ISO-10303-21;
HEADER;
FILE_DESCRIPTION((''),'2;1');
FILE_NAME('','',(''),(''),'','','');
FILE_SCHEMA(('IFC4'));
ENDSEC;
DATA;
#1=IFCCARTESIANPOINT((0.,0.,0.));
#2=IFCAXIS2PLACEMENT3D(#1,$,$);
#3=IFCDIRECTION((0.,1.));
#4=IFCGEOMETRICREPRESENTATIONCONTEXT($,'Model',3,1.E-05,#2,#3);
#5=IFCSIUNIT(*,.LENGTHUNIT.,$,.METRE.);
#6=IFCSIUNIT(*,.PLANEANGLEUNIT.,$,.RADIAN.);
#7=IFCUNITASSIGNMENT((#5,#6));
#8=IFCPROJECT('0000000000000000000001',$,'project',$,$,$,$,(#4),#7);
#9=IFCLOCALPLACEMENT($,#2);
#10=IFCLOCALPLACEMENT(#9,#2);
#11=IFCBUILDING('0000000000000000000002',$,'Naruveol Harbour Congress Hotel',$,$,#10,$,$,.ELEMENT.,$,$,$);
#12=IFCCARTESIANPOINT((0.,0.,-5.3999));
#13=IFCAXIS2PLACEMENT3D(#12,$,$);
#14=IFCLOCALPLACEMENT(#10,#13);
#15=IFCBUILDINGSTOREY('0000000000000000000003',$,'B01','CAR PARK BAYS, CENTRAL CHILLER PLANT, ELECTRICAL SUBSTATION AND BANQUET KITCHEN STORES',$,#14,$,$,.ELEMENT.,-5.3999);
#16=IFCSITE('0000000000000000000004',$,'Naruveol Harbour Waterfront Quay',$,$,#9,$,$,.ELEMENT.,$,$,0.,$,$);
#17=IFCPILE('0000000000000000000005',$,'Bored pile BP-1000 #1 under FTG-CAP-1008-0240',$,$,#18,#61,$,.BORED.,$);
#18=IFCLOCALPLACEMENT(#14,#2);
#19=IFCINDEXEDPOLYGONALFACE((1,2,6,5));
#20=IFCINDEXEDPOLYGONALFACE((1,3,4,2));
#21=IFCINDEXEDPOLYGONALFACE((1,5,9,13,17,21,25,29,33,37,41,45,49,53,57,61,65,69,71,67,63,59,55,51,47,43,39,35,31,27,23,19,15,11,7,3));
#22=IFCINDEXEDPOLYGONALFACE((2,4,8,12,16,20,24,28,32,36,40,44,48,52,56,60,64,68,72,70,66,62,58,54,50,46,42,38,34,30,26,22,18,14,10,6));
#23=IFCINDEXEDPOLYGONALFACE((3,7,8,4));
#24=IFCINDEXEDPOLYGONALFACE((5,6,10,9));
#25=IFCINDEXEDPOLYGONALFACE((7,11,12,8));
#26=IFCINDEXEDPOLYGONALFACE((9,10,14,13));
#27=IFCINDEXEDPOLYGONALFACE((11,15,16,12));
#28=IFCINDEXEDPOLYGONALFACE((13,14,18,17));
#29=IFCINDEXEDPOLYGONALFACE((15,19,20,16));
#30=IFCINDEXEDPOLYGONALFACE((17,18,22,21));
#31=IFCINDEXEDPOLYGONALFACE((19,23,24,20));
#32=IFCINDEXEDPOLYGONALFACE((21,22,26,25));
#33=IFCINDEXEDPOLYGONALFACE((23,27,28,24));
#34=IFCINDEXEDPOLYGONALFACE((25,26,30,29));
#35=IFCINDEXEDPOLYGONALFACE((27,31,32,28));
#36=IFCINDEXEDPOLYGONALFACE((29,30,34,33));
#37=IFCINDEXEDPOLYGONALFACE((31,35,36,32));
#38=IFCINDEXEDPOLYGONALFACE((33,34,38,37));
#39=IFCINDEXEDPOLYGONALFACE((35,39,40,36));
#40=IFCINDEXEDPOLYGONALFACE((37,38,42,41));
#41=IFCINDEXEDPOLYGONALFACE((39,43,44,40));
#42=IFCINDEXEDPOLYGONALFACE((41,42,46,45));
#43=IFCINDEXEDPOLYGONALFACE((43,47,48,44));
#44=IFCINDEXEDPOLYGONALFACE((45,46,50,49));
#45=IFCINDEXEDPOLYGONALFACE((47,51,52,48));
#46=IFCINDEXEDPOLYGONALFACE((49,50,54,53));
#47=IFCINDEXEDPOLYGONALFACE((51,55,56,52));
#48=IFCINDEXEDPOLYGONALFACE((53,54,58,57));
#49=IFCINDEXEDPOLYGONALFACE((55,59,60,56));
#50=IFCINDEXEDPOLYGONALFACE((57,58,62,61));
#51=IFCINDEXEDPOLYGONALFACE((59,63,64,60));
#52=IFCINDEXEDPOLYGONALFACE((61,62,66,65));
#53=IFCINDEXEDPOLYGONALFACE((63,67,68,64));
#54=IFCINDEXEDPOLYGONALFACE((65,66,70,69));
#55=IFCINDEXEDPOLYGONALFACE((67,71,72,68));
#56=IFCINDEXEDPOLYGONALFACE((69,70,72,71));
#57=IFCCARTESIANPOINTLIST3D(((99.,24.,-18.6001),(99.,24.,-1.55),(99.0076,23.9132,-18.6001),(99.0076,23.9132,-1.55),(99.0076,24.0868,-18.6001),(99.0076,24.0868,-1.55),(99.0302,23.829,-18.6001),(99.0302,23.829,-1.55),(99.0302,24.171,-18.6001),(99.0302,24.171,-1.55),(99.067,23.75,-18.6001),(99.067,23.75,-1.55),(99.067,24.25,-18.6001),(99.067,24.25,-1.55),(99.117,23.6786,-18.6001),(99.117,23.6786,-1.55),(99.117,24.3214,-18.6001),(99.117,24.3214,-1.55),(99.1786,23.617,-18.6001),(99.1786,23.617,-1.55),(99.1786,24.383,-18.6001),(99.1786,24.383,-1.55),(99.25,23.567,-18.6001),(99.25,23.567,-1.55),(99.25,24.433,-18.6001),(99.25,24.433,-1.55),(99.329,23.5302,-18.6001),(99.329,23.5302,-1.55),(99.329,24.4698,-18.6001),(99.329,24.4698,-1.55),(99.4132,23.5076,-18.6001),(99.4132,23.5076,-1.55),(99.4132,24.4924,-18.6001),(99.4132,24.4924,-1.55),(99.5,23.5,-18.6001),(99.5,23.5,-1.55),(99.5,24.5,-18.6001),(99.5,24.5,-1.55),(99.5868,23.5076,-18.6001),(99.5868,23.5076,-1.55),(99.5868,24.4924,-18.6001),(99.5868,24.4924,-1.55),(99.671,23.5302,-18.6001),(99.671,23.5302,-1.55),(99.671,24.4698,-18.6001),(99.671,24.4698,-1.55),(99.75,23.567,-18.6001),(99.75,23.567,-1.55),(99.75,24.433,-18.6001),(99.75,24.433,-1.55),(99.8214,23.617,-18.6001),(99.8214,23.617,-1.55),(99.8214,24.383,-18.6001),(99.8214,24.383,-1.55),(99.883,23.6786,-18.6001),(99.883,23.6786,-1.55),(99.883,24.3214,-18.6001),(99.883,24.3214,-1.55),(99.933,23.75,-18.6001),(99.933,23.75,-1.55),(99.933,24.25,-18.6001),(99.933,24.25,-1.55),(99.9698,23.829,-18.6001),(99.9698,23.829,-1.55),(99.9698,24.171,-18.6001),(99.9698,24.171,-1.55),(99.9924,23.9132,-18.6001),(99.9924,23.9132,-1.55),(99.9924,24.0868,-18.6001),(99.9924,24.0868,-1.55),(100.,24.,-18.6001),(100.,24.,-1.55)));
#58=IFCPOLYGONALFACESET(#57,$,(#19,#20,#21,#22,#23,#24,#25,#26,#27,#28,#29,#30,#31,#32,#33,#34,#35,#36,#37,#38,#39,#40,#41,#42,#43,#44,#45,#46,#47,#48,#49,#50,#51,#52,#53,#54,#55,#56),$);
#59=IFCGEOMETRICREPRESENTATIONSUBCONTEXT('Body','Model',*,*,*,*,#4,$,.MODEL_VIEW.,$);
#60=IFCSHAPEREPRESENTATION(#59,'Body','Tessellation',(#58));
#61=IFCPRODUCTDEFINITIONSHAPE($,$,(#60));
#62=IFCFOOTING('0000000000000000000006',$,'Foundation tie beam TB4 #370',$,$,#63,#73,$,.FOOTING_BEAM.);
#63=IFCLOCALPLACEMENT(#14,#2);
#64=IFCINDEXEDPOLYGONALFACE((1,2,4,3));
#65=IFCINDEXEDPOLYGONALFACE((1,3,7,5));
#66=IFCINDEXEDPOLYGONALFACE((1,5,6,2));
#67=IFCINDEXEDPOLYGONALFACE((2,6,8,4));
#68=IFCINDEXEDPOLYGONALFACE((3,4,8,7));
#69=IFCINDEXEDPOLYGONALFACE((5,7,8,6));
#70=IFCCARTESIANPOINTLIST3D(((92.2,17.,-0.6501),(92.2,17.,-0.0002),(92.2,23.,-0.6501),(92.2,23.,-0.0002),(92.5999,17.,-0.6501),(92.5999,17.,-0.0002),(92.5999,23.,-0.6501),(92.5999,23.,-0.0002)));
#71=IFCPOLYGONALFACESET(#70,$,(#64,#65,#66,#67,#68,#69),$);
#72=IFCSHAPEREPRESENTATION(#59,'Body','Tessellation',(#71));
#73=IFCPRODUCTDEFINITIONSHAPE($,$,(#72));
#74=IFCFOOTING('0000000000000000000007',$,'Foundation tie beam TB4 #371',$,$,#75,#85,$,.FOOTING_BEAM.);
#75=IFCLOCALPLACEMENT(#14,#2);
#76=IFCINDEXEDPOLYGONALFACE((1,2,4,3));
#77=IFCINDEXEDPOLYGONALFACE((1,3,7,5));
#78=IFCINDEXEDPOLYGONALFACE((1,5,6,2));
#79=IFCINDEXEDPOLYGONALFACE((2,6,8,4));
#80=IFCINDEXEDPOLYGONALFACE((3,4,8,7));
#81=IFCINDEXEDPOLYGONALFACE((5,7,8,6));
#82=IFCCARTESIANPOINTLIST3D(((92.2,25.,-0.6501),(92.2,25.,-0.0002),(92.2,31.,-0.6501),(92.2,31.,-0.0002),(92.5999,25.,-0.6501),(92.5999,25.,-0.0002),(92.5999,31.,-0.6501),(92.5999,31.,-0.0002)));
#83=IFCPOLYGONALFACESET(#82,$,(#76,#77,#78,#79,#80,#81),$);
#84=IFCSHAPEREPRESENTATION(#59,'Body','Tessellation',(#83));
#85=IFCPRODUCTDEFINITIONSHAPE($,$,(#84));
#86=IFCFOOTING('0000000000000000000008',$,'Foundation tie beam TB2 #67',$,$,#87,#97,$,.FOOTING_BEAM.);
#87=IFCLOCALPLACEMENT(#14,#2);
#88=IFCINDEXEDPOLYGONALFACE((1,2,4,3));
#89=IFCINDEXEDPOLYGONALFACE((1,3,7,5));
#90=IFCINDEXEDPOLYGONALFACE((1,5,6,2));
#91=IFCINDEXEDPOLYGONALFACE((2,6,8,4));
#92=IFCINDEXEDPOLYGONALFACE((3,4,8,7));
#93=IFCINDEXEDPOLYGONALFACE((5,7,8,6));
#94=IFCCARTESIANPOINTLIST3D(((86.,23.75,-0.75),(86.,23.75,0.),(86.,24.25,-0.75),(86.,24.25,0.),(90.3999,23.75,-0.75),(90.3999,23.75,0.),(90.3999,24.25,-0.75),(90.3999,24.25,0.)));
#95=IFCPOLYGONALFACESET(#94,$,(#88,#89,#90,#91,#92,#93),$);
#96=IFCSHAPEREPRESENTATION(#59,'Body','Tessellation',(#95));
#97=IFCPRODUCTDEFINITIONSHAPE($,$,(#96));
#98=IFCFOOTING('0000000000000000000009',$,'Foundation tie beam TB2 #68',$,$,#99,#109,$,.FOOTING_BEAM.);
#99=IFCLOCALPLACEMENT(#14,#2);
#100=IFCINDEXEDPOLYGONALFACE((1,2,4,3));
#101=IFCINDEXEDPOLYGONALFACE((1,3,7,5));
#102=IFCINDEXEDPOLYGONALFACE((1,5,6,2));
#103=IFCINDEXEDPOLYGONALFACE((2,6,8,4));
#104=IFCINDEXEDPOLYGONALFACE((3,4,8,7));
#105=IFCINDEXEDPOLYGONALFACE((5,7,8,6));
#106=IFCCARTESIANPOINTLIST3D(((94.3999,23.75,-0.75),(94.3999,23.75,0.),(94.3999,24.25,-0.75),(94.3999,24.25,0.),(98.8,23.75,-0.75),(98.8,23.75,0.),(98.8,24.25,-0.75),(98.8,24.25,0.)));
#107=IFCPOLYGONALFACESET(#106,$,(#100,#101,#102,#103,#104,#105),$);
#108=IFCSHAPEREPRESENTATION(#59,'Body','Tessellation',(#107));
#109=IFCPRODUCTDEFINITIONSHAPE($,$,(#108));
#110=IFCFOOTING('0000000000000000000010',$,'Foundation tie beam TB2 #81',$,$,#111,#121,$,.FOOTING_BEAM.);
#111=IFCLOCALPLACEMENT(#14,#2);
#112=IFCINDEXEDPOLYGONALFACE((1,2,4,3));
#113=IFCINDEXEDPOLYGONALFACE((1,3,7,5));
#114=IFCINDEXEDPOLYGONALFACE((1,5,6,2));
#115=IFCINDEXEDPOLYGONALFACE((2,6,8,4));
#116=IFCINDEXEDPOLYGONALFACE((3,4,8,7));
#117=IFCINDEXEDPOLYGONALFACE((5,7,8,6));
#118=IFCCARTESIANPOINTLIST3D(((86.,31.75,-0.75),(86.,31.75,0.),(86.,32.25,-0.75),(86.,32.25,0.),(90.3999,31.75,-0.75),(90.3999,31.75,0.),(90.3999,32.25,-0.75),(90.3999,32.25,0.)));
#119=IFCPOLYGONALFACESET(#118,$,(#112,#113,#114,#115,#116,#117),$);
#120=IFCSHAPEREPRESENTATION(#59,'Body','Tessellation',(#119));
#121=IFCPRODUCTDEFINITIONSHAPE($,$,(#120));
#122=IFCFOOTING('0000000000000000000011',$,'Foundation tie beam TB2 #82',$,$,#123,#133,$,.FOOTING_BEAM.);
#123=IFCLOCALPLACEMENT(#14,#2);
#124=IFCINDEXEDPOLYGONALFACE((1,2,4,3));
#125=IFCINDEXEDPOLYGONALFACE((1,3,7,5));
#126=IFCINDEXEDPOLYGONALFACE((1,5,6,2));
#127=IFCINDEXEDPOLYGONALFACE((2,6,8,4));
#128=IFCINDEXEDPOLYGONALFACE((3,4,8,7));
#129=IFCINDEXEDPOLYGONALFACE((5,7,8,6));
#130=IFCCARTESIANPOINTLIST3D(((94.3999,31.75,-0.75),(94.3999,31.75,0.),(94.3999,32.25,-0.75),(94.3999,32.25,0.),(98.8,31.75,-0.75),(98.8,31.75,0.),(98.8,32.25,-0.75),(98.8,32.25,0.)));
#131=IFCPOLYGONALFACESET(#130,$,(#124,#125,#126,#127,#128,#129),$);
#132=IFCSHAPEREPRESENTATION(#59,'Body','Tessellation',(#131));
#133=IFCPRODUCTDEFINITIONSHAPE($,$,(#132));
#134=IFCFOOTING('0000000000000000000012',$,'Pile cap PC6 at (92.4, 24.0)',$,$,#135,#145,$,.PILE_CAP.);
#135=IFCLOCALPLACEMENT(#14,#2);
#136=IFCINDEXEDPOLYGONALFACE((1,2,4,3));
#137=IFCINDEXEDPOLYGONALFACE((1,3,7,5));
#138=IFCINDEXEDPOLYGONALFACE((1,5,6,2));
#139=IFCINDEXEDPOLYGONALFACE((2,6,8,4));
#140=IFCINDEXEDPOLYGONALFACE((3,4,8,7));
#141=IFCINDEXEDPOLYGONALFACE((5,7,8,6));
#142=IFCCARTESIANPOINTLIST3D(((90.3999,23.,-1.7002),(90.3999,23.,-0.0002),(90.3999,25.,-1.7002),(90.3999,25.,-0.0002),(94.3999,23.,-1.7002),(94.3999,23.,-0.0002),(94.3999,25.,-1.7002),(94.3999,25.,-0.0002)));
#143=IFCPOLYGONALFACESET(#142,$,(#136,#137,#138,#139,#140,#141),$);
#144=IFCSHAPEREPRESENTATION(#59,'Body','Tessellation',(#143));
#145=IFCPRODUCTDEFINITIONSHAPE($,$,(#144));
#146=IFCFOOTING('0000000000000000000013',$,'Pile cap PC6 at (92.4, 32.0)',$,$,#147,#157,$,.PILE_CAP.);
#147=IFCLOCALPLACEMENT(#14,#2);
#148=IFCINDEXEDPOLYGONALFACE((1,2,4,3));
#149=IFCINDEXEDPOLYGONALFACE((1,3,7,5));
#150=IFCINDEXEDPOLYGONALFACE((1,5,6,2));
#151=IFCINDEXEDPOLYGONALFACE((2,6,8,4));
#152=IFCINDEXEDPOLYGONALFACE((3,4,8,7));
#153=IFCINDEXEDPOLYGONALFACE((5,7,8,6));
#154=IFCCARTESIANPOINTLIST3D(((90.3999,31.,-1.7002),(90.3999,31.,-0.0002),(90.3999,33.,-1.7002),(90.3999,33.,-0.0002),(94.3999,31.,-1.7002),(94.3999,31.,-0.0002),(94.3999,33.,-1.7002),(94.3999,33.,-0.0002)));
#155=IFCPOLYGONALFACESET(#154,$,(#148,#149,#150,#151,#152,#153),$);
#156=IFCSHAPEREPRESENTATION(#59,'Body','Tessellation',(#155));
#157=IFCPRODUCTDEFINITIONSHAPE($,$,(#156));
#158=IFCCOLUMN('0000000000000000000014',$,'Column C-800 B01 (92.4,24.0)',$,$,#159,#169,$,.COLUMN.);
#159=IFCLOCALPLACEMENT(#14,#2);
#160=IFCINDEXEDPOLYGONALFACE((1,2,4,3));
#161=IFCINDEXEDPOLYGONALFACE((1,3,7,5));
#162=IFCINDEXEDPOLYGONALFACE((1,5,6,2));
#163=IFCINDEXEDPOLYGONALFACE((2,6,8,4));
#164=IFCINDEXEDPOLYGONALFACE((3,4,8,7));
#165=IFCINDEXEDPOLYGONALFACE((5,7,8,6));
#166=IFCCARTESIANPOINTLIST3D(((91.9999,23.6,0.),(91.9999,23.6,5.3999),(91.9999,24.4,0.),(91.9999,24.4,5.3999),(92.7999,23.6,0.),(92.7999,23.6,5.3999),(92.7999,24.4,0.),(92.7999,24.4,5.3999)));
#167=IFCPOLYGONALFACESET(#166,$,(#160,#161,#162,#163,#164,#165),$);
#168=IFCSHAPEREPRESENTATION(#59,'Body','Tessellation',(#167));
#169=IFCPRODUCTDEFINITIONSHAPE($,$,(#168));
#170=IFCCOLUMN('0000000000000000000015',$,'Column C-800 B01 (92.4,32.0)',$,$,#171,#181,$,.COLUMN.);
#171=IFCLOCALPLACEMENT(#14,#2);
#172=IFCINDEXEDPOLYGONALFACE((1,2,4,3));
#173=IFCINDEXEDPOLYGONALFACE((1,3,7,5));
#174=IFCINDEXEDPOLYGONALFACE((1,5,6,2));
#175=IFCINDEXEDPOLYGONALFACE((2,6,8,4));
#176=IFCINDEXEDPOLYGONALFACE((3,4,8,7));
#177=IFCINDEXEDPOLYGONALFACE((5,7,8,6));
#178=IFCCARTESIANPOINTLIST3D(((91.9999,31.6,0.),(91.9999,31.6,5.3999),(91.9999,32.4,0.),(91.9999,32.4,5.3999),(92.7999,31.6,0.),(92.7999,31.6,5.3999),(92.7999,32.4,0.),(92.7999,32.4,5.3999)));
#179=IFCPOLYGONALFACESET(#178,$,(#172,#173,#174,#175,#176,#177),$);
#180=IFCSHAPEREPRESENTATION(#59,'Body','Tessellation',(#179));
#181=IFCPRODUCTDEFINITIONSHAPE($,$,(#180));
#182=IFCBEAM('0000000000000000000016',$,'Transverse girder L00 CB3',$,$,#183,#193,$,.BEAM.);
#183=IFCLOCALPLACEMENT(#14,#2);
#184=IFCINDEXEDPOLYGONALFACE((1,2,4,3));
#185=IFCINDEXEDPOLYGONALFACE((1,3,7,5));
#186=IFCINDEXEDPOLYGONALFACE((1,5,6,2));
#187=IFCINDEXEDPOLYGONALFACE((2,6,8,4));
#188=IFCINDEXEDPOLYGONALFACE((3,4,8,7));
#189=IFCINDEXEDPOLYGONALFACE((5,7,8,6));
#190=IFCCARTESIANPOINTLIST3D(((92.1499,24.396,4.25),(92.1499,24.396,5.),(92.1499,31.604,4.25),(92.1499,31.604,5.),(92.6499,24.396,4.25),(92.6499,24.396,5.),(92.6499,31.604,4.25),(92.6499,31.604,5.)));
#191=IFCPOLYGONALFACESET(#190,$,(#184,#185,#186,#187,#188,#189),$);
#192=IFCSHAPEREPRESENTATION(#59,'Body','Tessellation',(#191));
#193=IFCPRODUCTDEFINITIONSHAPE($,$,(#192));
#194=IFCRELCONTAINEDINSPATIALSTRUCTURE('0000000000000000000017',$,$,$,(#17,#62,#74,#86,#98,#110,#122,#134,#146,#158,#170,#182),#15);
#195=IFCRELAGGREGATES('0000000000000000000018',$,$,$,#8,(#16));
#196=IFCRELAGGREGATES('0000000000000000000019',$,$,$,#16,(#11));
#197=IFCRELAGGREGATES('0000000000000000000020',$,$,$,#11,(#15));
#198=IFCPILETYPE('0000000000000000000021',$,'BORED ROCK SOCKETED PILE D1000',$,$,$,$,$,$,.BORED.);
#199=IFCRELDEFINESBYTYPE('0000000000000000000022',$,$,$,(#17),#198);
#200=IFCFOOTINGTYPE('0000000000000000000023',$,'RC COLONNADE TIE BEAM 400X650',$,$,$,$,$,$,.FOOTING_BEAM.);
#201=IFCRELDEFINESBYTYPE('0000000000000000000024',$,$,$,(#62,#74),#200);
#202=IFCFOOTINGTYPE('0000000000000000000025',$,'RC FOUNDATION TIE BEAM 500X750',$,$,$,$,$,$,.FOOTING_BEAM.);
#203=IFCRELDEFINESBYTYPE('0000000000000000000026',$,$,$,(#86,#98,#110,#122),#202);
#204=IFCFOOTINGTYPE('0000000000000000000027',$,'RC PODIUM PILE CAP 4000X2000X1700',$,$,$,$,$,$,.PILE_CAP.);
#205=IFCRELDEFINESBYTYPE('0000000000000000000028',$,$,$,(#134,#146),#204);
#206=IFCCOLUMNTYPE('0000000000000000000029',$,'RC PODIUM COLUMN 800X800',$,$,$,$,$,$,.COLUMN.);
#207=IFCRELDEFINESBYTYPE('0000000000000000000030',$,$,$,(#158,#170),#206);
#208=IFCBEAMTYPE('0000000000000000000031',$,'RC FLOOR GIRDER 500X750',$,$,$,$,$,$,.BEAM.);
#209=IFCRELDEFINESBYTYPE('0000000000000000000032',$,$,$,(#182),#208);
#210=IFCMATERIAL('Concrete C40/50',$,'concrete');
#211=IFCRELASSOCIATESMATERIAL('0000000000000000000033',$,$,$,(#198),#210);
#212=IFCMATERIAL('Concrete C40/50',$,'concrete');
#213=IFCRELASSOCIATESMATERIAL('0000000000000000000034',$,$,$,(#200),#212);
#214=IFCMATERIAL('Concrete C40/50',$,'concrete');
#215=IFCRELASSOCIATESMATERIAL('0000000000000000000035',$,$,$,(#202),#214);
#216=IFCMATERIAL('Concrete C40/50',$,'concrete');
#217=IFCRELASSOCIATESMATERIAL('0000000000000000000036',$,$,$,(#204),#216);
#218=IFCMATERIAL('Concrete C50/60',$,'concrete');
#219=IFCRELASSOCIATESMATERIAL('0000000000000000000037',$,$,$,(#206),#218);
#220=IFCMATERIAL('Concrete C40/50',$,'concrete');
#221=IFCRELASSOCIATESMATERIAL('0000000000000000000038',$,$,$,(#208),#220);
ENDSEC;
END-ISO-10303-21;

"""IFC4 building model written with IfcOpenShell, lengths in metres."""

from ifc_helpers import new_model, si_unit, direction, frame, origin, origin_2d, place, context, subcontext, project, spatial, rectangle, circle, extrude, material, material_profile, profile_set, type_object, element, save


model = new_model("IFC4")

# Units and contexts
model_context = context("Model", 3, precision=1e-05, world=origin(), true_north=direction((0.0, 1.0)))
body_context = subcontext(model_context, "Body", "Model", "MODEL_VIEW")
ifc_project = project(units=[si_unit("LENGTHUNIT", "METRE"), si_unit("PLANEANGLEUNIT", "RADIAN")], contexts=[model_context])

# Site, building, storey
site_placement = place(None, origin())
site = spatial("IfcSite", under=ifc_project, at=site_placement, Name="Naruveol Harbour Waterfront Quay", CompositionType="ELEMENT", RefElevation=0.0)
building_placement = place(site_placement, origin())
building = spatial("IfcBuilding", under=site, at=building_placement, Name="Naruveol Harbour Congress Hotel", CompositionType="ELEMENT")
storey_placement = place(building_placement, frame((0.0, 0.0, -5.3999)))
storey = spatial("IfcBuildingStorey", under=building, at=storey_placement, Name="B01", Description="CAR PARK BAYS, CENTRAL CHILLER PLANT, ELECTRICAL SUBSTATION AND BANQUET KITCHEN STORES", CompositionType="ELEMENT", Elevation=-5.3999)

# Pile
ifc_material_1 = material(Name="Concrete C40/50", Category="concrete")
ifc_material_profile_1 = material_profile(ifc_material_1, circle(Radius=0.5, at=origin_2d()), Name="BP-1000")
ifc_profile_set_1 = profile_set([ifc_material_profile_1], Name="Concrete C40/50")
pile_type = type_object("IfcPileType", Name="BORED ROCK SOCKETED PILE D1000", PredefinedType="BORED", material=ifc_profile_set_1)
for number, where, z_axis, x_axis, name in (
    (1, (99.5, 24.0, -1.55), (0.0, 0.0, -1.0), (1.0, 0.0, 0.0), "Bored pile BP-1000 #1 under FTG-CAP-1008-0240"),
):
    element("IfcPile", number, at=place(storey_placement, frame(where, z_axis=z_axis, x_axis=x_axis)), inside=storey, type_object=pile_type, Name=name, PredefinedType="BORED", context=body_context, shape_type="SweptSolid", body=[
        extrude(circle(Radius=0.5, at=origin_2d()), origin(), (0.0, 0.0, 1.0), 17.05),
    ])

# Footings
ifc_material_2 = material(Name="Concrete C40/50", Category="concrete")
ifc_material_profile_2 = material_profile(ifc_material_2, rectangle(XDim=0.3999, YDim=0.6499, at=origin_2d()), Name="RCB-400x650")
ifc_profile_set_2 = profile_set([ifc_material_profile_2], Name="Concrete C40/50")
footing_type_1 = type_object("IfcFootingType", Name="RC COLONNADE TIE BEAM 400X650", PredefinedType="FOOTING_BEAM", material=ifc_profile_set_2)
for number, where, z_axis, x_axis, name in (
    (2, (92.3999, 17.0, -0.3252), (0.0, 1.0, 0.0), (-1.0, 0.0, 0.0), "Foundation tie beam TB4 #370"),
    (3, (92.3999, 25.0, -0.3252), (0.0, 1.0, 0.0), (-1.0, 0.0, 0.0), "Foundation tie beam TB4 #371"),
):
    element("IfcFooting", number, at=place(storey_placement, frame(where, z_axis=z_axis, x_axis=x_axis)), inside=storey, type_object=footing_type_1, Name=name, PredefinedType="FOOTING_BEAM", context=body_context, shape_type="SweptSolid", body=[
        extrude(rectangle(XDim=0.3999, YDim=0.6499, at=origin_2d()), origin(), (0.0, 0.0, 1.0), 6.0),
    ])
ifc_material_3 = material(Name="Concrete C40/50", Category="concrete")
ifc_material_profile_3 = material_profile(ifc_material_3, rectangle(XDim=0.5, YDim=0.75, at=origin_2d()), Name="RCB-500x750")
ifc_profile_set_3 = profile_set([ifc_material_profile_3], Name="Concrete C40/50")
footing_type_2 = type_object("IfcFootingType", Name="RC FOUNDATION TIE BEAM 500X750", PredefinedType="FOOTING_BEAM", material=ifc_profile_set_3)
footing_1_placement = place(storey_placement, frame((86.0, 24.0, -0.375), z_axis=(1.0, 0.0, 0.0), x_axis=(0.0, 1.0, 0.0)))
element("IfcFooting", 4, at=footing_1_placement, inside=storey, type_object=footing_type_2, Name="Foundation tie beam TB2 #67", PredefinedType="FOOTING_BEAM", context=body_context, shape_type="SweptSolid", body=[
    extrude(rectangle(XDim=0.5, YDim=0.75, at=origin_2d()), origin(), (0.0, 0.0, 1.0), 4.3999),
])
footing_2_placement = place(storey_placement, frame((94.3999, 24.0, -0.375), z_axis=(1.0, 0.0, 0.0), x_axis=(0.0, 1.0, 0.0)))
element("IfcFooting", 5, at=footing_2_placement, inside=storey, type_object=footing_type_2, Name="Foundation tie beam TB2 #68", PredefinedType="FOOTING_BEAM", context=body_context, shape_type="SweptSolid", body=[
    extrude(rectangle(XDim=0.5, YDim=0.75, at=origin_2d()), origin(), (0.0, 0.0, 1.0), 4.4001),
])
footing_3_placement = place(storey_placement, frame((86.0, 32.0, -0.375), z_axis=(1.0, 0.0, 0.0), x_axis=(0.0, 1.0, 0.0)))
element("IfcFooting", 6, at=footing_3_placement, inside=storey, type_object=footing_type_2, Name="Foundation tie beam TB2 #81", PredefinedType="FOOTING_BEAM", context=body_context, shape_type="SweptSolid", body=[
    extrude(rectangle(XDim=0.5, YDim=0.75, at=origin_2d()), origin(), (0.0, 0.0, 1.0), 4.3999),
])
footing_4_placement = place(storey_placement, frame((94.3999, 32.0, -0.375), z_axis=(1.0, 0.0, 0.0), x_axis=(0.0, 1.0, 0.0)))
element("IfcFooting", 7, at=footing_4_placement, inside=storey, type_object=footing_type_2, Name="Foundation tie beam TB2 #82", PredefinedType="FOOTING_BEAM", context=body_context, shape_type="SweptSolid", body=[
    extrude(rectangle(XDim=0.5, YDim=0.75, at=origin_2d()), origin(), (0.0, 0.0, 1.0), 4.4001),
])
ifc_material_4 = material(Name="Concrete C40/50", Category="concrete")
footing_type_3 = type_object("IfcFootingType", Name="RC PODIUM PILE CAP 4000X2000X1700", PredefinedType="PILE_CAP", material=ifc_material_4)
for number, where, z_axis, x_axis, name in (
    (8, (92.3999, 24.0, -1.7002), (0.0, 0.0, 1.0), (1.0, 0.0, 0.0), "Pile cap PC6 at (92.4, 24.0)"),
    (9, (92.3999, 32.0, -1.7002), (0.0, 0.0, 1.0), (1.0, 0.0, 0.0), "Pile cap PC6 at (92.4, 32.0)"),
):
    element("IfcFooting", number, at=place(storey_placement, frame(where, z_axis=z_axis, x_axis=x_axis)), inside=storey, type_object=footing_type_3, Name=name, PredefinedType="PILE_CAP", context=body_context, shape_type="SweptSolid", body=[
        extrude(rectangle(XDim=4.0, YDim=2.0, at=origin_2d()), origin(), (0.0, 0.0, 1.0), 1.7),
    ])

# Columns
ifc_material_5 = material(Name="Concrete C50/60", Category="concrete")
ifc_material_profile_4 = material_profile(ifc_material_5, rectangle(XDim=0.8, YDim=0.8, at=origin_2d()), Name="RC-800x800")
ifc_profile_set_4 = profile_set([ifc_material_profile_4], Name="Concrete C50/60")
column_type = type_object("IfcColumnType", Name="RC PODIUM COLUMN 800X800", PredefinedType="COLUMN", material=ifc_profile_set_4)
for number, where, z_axis, x_axis, name in (
    (10, (92.3999, 24.0, 0.0), (0.0, 0.0, 1.0), (1.0, 0.0, 0.0), "Column C-800 B01 (92.4,24.0)"),
    (11, (92.3999, 32.0, 0.0), (0.0, 0.0, 1.0), (1.0, 0.0, 0.0), "Column C-800 B01 (92.4,32.0)"),
):
    element("IfcColumn", number, at=place(storey_placement, frame(where, z_axis=z_axis, x_axis=x_axis)), inside=storey, type_object=column_type, Name=name, PredefinedType="COLUMN", context=body_context, shape_type="SweptSolid", body=[
        extrude(rectangle(XDim=0.8, YDim=0.8, at=origin_2d()), origin(), (0.0, 0.0, 1.0), 5.3999),
    ])

# Beam
ifc_material_6 = material(Name="Concrete C40/50", Category="concrete")
ifc_material_profile_5 = material_profile(ifc_material_6, rectangle(XDim=0.5, YDim=0.75, at=origin_2d()), Name="RCB-500x750")
ifc_profile_set_5 = profile_set([ifc_material_profile_5], Name="Concrete C40/50")
beam_type_1 = type_object("IfcBeamType", Name="RC FLOOR GIRDER 500X750", PredefinedType="BEAM", material=ifc_profile_set_5)
beam_placement = place(storey_placement, frame((92.3999, 24.396, 4.625), z_axis=(0.0, 1.0, 0.0), x_axis=(-1.0, 0.0, 0.0)))
element("IfcBeam", 12, at=beam_placement, inside=storey, type_object=beam_type_1, Name="Transverse girder L00 CB3", PredefinedType="BEAM", context=body_context, shape_type="SweptSolid", body=[
    extrude(rectangle(XDim=0.5, YDim=0.75, at=origin_2d()), origin(), (0.0, 0.0, 1.0), 7.208),
])

save(model, "model.ifc")
